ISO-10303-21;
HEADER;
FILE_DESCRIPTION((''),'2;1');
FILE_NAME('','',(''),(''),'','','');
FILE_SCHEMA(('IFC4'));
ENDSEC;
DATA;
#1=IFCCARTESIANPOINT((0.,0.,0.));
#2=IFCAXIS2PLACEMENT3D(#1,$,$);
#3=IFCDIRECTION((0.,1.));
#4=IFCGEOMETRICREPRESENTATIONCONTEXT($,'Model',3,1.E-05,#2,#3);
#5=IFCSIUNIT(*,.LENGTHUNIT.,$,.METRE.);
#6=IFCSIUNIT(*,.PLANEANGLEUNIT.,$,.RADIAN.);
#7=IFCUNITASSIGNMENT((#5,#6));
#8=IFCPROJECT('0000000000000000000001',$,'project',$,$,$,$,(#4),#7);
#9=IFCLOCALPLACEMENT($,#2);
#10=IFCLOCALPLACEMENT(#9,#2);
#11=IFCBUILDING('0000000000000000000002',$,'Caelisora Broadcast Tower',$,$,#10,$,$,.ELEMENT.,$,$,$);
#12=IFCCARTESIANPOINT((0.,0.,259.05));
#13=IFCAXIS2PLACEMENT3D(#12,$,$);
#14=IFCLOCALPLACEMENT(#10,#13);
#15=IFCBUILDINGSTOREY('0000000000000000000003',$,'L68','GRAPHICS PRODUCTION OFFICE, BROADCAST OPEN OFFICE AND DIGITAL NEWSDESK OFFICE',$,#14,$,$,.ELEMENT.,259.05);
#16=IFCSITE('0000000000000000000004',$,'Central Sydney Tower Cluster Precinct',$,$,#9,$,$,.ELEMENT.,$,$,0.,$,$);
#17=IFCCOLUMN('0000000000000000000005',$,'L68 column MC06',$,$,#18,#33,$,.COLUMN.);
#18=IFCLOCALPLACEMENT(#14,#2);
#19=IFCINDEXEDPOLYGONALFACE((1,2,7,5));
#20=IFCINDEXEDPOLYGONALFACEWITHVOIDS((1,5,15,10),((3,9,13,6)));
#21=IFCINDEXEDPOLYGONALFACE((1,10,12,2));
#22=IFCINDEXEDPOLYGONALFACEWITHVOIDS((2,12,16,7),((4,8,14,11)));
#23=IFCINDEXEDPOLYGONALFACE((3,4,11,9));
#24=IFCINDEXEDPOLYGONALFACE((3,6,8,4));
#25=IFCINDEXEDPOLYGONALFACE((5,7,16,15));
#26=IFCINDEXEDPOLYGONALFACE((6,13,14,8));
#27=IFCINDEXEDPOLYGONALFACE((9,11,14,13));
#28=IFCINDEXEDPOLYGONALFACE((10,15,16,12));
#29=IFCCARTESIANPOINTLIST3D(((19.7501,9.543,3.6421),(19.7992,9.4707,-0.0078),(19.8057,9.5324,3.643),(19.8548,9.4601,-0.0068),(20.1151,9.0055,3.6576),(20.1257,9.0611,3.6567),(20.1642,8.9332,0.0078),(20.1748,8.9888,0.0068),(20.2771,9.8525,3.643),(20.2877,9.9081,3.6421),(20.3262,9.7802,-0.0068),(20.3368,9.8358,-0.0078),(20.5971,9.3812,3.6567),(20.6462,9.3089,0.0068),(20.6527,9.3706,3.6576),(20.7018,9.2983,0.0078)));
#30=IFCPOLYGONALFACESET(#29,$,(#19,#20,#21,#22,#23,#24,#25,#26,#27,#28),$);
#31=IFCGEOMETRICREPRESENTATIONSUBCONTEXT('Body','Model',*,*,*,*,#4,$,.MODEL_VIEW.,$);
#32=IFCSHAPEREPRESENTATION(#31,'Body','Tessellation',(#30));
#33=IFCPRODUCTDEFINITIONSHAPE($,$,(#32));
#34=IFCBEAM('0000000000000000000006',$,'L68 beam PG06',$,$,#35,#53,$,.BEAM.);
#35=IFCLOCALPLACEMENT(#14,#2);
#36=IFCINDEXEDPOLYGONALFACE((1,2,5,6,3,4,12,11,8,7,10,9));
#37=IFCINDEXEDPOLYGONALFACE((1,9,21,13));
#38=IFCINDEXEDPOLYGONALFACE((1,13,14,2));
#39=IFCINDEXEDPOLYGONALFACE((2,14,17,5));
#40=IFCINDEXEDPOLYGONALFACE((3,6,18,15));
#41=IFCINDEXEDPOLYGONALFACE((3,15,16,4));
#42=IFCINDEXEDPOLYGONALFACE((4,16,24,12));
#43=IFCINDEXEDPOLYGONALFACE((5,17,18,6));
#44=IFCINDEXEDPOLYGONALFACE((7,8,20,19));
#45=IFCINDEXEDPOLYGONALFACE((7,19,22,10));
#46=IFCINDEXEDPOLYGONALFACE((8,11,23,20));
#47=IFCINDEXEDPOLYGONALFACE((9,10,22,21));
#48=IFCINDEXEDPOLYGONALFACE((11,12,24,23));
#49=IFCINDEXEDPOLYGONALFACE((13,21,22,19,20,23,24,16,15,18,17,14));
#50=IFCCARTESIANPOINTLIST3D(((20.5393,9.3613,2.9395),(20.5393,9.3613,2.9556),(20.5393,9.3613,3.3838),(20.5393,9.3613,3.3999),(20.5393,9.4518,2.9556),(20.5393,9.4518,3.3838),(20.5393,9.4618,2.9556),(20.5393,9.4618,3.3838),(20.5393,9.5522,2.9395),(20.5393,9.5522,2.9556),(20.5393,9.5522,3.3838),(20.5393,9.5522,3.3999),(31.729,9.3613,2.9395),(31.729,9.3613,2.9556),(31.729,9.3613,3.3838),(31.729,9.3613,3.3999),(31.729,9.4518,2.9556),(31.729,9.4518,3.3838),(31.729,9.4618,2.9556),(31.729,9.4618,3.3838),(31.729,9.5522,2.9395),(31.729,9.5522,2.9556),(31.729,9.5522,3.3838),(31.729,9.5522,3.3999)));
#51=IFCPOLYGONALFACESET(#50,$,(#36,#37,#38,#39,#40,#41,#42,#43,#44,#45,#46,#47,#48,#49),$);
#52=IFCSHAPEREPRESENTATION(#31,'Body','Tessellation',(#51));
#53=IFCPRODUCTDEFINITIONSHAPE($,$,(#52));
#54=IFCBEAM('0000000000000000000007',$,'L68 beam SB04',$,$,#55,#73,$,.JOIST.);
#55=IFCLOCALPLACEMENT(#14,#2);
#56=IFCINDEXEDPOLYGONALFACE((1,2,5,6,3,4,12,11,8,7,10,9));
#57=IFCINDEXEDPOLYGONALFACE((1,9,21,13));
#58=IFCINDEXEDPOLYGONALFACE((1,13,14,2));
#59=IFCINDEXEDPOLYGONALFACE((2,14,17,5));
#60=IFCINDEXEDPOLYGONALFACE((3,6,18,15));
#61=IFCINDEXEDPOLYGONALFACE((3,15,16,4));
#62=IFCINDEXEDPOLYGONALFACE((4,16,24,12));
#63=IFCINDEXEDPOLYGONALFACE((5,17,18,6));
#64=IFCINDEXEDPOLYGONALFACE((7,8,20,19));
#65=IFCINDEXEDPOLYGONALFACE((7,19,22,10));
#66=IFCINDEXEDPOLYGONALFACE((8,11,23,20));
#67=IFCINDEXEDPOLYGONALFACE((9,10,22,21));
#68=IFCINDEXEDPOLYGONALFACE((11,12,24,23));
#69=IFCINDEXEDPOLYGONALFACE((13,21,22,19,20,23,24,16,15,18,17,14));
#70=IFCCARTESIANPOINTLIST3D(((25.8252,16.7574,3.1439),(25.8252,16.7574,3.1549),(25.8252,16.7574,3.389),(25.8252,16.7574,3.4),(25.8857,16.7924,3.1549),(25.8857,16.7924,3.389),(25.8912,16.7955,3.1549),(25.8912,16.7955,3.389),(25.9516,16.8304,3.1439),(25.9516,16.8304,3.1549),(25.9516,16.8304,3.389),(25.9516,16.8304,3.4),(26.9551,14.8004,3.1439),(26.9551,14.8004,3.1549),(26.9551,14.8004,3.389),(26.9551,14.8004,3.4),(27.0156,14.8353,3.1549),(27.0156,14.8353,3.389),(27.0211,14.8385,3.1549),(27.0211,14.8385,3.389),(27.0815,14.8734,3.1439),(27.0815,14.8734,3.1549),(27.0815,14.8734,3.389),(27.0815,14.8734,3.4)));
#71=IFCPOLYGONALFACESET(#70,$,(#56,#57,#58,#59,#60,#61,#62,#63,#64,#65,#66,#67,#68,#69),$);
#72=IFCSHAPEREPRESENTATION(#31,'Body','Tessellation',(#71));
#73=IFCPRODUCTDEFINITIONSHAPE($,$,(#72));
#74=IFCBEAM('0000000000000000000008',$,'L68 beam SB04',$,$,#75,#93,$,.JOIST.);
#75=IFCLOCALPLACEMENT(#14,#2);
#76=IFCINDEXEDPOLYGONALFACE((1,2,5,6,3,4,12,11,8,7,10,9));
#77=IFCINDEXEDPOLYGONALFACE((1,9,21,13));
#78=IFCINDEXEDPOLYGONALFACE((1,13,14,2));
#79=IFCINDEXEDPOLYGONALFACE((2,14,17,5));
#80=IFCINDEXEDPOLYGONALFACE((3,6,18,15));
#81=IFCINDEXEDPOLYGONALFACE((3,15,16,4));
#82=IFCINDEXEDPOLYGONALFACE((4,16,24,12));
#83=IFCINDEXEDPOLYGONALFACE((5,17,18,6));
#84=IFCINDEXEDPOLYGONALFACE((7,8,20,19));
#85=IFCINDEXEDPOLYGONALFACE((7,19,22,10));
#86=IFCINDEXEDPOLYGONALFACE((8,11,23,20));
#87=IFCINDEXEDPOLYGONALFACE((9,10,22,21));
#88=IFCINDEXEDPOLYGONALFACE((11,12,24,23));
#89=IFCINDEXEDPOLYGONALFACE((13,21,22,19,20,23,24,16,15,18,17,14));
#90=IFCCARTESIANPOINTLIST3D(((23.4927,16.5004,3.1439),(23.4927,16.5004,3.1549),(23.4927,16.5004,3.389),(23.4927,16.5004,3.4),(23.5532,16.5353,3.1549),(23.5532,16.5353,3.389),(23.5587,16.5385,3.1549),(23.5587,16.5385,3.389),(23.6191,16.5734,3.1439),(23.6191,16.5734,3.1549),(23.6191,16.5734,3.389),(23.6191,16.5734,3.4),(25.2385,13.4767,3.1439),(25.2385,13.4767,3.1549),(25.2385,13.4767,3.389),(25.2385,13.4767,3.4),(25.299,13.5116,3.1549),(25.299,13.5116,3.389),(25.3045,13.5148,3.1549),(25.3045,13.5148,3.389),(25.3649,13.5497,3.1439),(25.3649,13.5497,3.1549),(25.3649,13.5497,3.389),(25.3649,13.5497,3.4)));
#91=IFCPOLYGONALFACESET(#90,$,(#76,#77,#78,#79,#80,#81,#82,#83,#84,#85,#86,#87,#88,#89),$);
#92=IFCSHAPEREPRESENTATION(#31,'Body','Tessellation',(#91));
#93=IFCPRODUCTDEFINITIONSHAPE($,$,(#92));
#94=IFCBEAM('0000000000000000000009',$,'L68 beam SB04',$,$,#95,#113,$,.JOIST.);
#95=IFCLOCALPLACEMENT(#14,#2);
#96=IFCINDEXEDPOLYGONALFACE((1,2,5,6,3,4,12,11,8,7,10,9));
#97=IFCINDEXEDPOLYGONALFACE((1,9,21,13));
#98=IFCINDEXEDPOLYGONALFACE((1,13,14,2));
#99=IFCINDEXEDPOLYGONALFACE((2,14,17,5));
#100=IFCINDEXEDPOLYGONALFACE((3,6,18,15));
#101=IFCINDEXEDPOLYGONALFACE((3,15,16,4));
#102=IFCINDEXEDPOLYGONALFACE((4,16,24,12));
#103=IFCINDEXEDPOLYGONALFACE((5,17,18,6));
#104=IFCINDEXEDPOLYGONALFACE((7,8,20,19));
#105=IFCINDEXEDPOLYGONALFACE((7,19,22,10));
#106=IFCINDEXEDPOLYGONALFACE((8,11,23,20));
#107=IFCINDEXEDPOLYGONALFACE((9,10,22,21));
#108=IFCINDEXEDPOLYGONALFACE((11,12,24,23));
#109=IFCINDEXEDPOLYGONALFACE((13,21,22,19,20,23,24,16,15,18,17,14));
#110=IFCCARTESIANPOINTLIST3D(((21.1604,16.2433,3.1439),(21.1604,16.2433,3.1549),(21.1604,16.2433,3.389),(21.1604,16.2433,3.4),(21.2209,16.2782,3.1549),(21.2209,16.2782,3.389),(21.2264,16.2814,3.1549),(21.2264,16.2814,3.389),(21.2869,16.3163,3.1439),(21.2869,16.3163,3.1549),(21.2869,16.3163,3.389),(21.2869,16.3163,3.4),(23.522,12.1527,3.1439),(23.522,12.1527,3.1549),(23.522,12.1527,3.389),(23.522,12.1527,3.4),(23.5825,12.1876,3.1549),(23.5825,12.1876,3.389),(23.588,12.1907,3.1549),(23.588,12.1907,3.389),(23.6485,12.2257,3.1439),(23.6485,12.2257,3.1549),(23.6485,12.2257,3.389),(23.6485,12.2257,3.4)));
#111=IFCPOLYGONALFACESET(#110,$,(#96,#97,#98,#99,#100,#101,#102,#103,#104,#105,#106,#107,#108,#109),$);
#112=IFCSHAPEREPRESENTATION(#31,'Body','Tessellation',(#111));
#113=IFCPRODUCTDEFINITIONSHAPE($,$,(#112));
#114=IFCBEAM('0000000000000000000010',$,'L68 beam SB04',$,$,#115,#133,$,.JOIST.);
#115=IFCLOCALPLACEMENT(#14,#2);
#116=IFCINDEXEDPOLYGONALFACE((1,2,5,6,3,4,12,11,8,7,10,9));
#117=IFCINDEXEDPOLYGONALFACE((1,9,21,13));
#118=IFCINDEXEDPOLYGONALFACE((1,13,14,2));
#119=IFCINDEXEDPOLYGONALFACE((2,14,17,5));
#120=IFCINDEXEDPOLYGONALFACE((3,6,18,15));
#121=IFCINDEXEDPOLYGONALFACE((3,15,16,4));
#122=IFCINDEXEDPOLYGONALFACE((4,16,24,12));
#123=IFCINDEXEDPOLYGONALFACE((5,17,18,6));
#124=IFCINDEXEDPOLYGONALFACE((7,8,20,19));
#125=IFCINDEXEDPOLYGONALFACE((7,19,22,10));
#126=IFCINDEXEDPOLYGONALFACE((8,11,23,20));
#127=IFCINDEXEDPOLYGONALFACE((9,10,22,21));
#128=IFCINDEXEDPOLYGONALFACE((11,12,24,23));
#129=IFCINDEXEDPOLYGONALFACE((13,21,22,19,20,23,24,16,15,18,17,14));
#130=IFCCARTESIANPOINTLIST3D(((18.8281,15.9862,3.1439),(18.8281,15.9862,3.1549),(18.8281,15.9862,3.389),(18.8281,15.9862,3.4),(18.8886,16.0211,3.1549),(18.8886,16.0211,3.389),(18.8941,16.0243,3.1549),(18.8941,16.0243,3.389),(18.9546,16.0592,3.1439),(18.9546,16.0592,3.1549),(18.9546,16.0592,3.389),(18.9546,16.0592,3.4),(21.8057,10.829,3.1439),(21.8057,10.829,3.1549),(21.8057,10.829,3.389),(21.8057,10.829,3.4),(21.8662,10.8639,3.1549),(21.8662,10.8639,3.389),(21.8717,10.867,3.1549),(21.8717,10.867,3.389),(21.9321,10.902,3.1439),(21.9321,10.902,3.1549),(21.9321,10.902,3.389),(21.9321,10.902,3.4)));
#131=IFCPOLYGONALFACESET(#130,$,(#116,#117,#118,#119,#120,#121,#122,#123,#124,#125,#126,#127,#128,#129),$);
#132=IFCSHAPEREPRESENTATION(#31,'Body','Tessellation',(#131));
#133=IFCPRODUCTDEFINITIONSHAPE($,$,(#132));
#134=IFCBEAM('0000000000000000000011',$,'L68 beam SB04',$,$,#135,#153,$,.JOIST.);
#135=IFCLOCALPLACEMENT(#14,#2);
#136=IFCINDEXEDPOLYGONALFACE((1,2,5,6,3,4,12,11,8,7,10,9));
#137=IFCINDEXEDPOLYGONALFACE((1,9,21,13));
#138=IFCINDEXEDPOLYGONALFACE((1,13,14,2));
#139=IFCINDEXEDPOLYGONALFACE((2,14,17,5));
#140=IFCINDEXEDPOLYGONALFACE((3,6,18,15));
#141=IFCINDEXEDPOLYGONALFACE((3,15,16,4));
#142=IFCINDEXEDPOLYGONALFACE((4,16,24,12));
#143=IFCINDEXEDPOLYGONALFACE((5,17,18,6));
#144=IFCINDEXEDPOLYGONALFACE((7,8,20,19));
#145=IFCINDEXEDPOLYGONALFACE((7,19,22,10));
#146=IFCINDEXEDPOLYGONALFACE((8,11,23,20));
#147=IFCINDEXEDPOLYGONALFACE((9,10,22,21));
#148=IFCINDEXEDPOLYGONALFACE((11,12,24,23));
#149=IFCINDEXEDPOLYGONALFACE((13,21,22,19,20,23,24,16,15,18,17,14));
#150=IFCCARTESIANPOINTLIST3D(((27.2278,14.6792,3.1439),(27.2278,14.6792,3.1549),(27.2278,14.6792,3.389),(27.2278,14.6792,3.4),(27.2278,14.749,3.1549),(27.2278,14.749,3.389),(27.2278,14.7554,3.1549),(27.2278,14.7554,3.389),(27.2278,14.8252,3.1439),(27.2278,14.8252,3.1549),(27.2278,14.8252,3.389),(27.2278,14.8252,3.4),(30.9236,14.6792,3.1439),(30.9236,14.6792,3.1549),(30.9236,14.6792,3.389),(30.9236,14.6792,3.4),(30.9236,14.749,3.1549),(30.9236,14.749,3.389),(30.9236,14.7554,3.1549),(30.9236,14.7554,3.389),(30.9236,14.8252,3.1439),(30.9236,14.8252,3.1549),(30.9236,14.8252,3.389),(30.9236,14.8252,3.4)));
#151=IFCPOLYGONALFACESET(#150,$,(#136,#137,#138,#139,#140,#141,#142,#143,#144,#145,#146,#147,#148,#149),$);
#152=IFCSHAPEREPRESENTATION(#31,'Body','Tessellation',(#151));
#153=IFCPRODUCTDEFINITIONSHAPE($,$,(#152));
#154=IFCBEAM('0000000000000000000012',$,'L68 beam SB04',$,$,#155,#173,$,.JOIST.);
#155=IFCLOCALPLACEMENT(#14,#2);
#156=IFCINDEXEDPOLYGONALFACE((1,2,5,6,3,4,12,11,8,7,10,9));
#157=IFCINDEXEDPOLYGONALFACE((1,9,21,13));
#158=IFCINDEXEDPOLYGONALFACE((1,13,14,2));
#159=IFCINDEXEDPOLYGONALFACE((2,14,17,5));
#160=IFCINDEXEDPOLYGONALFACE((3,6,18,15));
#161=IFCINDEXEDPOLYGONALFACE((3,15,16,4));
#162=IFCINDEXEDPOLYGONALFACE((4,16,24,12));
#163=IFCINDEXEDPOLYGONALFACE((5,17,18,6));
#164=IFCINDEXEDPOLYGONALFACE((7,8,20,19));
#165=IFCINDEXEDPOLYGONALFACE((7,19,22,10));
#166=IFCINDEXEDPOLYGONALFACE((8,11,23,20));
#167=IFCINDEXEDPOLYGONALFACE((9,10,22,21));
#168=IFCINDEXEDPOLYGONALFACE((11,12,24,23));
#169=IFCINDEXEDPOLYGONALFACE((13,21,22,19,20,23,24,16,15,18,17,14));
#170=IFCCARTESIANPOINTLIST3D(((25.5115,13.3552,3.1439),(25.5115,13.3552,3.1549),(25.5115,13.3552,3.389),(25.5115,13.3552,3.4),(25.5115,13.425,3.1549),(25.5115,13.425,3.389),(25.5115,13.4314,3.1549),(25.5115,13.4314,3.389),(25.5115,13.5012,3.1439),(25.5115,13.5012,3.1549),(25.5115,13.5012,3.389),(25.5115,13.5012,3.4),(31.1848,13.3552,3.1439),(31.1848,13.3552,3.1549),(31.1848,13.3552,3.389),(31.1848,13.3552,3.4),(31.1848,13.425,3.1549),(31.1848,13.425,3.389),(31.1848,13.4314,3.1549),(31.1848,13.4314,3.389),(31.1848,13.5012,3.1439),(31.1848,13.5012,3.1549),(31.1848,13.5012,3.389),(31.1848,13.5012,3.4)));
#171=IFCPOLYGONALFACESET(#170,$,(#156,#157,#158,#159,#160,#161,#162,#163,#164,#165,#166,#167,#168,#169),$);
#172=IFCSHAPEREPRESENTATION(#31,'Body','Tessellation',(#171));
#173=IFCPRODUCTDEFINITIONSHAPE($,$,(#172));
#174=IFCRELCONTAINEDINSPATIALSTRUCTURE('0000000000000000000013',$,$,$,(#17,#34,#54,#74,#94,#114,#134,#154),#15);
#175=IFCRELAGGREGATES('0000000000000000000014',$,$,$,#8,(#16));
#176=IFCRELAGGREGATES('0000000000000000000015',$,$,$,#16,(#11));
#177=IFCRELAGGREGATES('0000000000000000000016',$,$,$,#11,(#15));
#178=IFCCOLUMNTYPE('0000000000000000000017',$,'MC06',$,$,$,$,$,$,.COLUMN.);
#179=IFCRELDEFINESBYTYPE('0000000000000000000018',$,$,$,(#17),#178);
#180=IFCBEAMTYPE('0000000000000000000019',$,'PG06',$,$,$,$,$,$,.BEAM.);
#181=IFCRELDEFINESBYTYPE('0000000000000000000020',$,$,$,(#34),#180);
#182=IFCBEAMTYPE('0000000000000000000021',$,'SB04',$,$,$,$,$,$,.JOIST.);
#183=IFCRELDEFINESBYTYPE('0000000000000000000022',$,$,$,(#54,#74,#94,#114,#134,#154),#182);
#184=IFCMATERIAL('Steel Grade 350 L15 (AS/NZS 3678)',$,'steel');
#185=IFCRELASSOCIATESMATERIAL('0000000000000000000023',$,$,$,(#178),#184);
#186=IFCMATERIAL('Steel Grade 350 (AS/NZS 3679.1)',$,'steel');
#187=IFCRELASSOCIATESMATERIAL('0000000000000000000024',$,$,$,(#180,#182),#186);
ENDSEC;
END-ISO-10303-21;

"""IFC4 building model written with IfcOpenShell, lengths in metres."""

from ifc_helpers import new_model, si_unit, direction, frame, origin, origin_2d, place, context, subcontext, project, spatial, hollow_rectangle, i_section, extrude, source, transform, mapped, material, material_profile, profile_set, type_object, type_shapes, element, save


model = new_model("IFC4")

# Units and contexts
model_context = context("Model", 3, precision=1e-05, world=origin(), true_north=direction((0.0, 1.0)))
body_context = subcontext(model_context, "Body", "Model", "MODEL_VIEW")
ifc_project = project(units=[si_unit("LENGTHUNIT", "METRE"), si_unit("PLANEANGLEUNIT", "RADIAN")], contexts=[model_context])

# Site, building, storey
site_placement = place(None, origin())
site = spatial("IfcSite", under=ifc_project, at=site_placement, Name="Central Sydney Tower Cluster Precinct", CompositionType="ELEMENT", RefElevation=0.0)
building_placement = place(site_placement, origin())
building = spatial("IfcBuilding", under=site, at=building_placement, Name="Caelisora Broadcast Tower", CompositionType="ELEMENT")
storey_placement = place(building_placement, frame((0.0, 0.0, 259.05)))
storey = spatial("IfcBuildingStorey", under=building, at=storey_placement, Name="L68", Description="GRAPHICS PRODUCTION OFFICE, BROADCAST OPEN OFFICE AND DIGITAL NEWSDESK OFFICE", CompositionType="ELEMENT", Elevation=259.05)

# Column
ifc_material_1 = material(Name="Steel Grade 350 L15 (AS/NZS 3678)", Category="steel")
ifc_material_profile_1 = material_profile(ifc_material_1, hollow_rectangle(XDim=0.6499, YDim=0.6499, WallThickness=0.04, at=origin_2d()), Name="Steel Grade 350 L15 (AS/NZS 3678)")
ifc_profile_set_1 = profile_set([ifc_material_profile_1], Name="Steel Grade 350 L15 (AS/NZS 3678)")
column_type = type_object("IfcColumnType", Name="MC06", PredefinedType="COLUMN", material=ifc_profile_set_1)
shared_shape_1 = source(origin(), body_context, "Body", "SweptSolid", [
    extrude(hollow_rectangle(XDim=0.6499, YDim=0.6499, WallThickness=0.04, at=origin_2d()), origin(), (0.0, 0.0, 1.0), 3.6509),
])
type_shapes(column_type, [shared_shape_1])
column_placement = place(storey_placement, frame((20.2505, 9.3845, 0.0), z_axis=(-0.013441, 0.019794, 0.999714), x_axis=(-0.82729, -0.561775, 0.0)))
element("IfcColumn", 1, at=column_placement, inside=storey, type_object=column_type, Name="L68 column MC06", PredefinedType="COLUMN", context=body_context, shape_type="MappedRepresentation", body=[
    mapped(shared_shape_1, transform((0.0, 0.0, 0.0), scale=1.0)),
])

# Beams
ifc_material_2 = material(Name="Steel Grade 350 (AS/NZS 3679.1)", Category="steel")
ifc_material_profile_2 = material_profile(ifc_material_2, i_section(OverallWidth=0.1909, OverallDepth=0.4604, WebThickness=0.01, FlangeThickness=0.0161, at=origin_2d()), Name="Steel Grade 350 (AS/NZS 3679.1)")
ifc_profile_set_2 = profile_set([ifc_material_profile_2], Name="Steel Grade 350 (AS/NZS 3679.1)")
beam_type_1 = type_object("IfcBeamType", Name="PG06", PredefinedType="BEAM", material=ifc_profile_set_2)
shared_shape_2 = source(origin(), body_context, "Body", "SweptSolid", [
    extrude(i_section(OverallWidth=0.1909, OverallDepth=0.4604, WebThickness=0.01, FlangeThickness=0.0161, at=origin_2d()), origin(), (0.0, 0.0, 1.0), 11.1897),
])
type_shapes(beam_type_1, [shared_shape_2])
beam_1_placement = place(storey_placement, frame((20.5393, 9.4568, 3.1697), z_axis=(1.0, 0.0, 0.0), x_axis=(0.0, 1.0, 0.0)))
element("IfcBeam", 2, at=beam_1_placement, inside=storey, type_object=beam_type_1, Name="L68 beam PG06", PredefinedType="BEAM", context=body_context, shape_type="MappedRepresentation", body=[
    mapped(shared_shape_2, transform((0.0, 0.0, 0.0), scale=1.0)),
])
ifc_material_profile_3 = material_profile(ifc_material_2, i_section(OverallWidth=0.146, OverallDepth=0.2561, WebThickness=0.0063, FlangeThickness=0.011, at=origin_2d()), Name="Steel Grade 350 (AS/NZS 3679.1)")
ifc_profile_set_3 = profile_set([ifc_material_profile_3], Name="Steel Grade 350 (AS/NZS 3679.1)")
beam_type_2 = type_object("IfcBeamType", Name="SB04", PredefinedType="JOIST", material=ifc_profile_set_3)
shared_shape_3 = source(origin(), body_context, "Body", "SweptSolid", [
    extrude(i_section(OverallWidth=0.146, OverallDepth=0.2561, WebThickness=0.0063, FlangeThickness=0.011, at=origin_2d()), origin(), (0.0, 0.0, 1.0), 2.2598),
])
beam_2_placement = place(storey_placement, frame((25.8884, 16.7939, 3.272), z_axis=(0.499997, -0.866027, 0.0), x_axis=(0.866027, 0.499997, 0.0)))
element("IfcBeam", 3, at=beam_2_placement, inside=storey, type_object=beam_type_2, Name="L68 beam SB04", PredefinedType="JOIST", context=body_context, shape_type="MappedRepresentation", body=[
    mapped(shared_shape_3, transform((0.0, 0.0, 0.0), scale=1.0)),
])
shared_shape_4 = source(origin(), body_context, "Body", "SweptSolid", [
    extrude(i_section(OverallWidth=0.146, OverallDepth=0.2561, WebThickness=0.0063, FlangeThickness=0.011, at=origin_2d()), origin(), (0.0, 0.0, 1.0), 3.4915),
])
beam_3_placement = place(storey_placement, frame((23.5559, 16.5369, 3.272), z_axis=(0.500027, -0.86601, 0.0), x_axis=(0.86601, 0.500027, 0.0)))
element("IfcBeam", 4, at=beam_3_placement, inside=storey, type_object=beam_type_2, Name="L68 beam SB04", PredefinedType="JOIST", context=body_context, shape_type="MappedRepresentation", body=[
    mapped(shared_shape_4, transform((0.0, 0.0, 0.0), scale=1.0)),
])
shared_shape_5 = source(origin(), body_context, "Body", "SweptSolid", [
    extrude(i_section(OverallWidth=0.146, OverallDepth=0.2561, WebThickness=0.0063, FlangeThickness=0.011, at=origin_2d()), origin(), (0.0, 0.0, 1.0), 4.7234),
])
beam_4_placement = place(storey_placement, frame((21.2236, 16.2798, 3.272), z_axis=(0.49998, -0.866037, 0.0), x_axis=(0.866037, 0.49998, 0.0)))
element("IfcBeam", 5, at=beam_4_placement, inside=storey, type_object=beam_type_2, Name="L68 beam SB04", PredefinedType="JOIST", context=body_context, shape_type="MappedRepresentation", body=[
    mapped(shared_shape_5, transform((0.0, 0.0, 0.0), scale=1.0)),
])
shared_shape_6 = source(origin(), body_context, "Body", "SweptSolid", [
    extrude(i_section(OverallWidth=0.146, OverallDepth=0.2561, WebThickness=0.0063, FlangeThickness=0.011, at=origin_2d()), origin(), (0.0, 0.0, 1.0), 5.9551),
])
beam_5_placement = place(storey_placement, frame((18.8914, 16.0227, 3.272), z_axis=(0.500002, -0.866024, 0.0), x_axis=(0.866024, 0.500002, 0.0)))
element("IfcBeam", 6, at=beam_5_placement, inside=storey, type_object=beam_type_2, Name="L68 beam SB04", PredefinedType="JOIST", context=body_context, shape_type="MappedRepresentation", body=[
    mapped(shared_shape_6, transform((0.0, 0.0, 0.0), scale=1.0)),
])
shared_shape_7 = source(origin(), body_context, "Body", "SweptSolid", [
    extrude(i_section(OverallWidth=0.146, OverallDepth=0.2561, WebThickness=0.0063, FlangeThickness=0.011, at=origin_2d()), origin(), (0.0, 0.0, 1.0), 3.6958),
])
beam_6_placement = place(storey_placement, frame((27.2278, 14.7522, 3.272), z_axis=(1.0, 0.0, 0.0), x_axis=(0.0, 1.0, 0.0)))
element("IfcBeam", 7, at=beam_6_placement, inside=storey, type_object=beam_type_2, Name="L68 beam SB04", PredefinedType="JOIST", context=body_context, shape_type="MappedRepresentation", body=[
    mapped(shared_shape_7, transform((0.0, 0.0, 0.0), scale=1.0)),
])
shared_shape_8 = source(origin(), body_context, "Body", "SweptSolid", [
    extrude(i_section(OverallWidth=0.146, OverallDepth=0.2561, WebThickness=0.0063, FlangeThickness=0.011, at=origin_2d()), origin(), (0.0, 0.0, 1.0), 5.6733),
])
beam_7_placement = place(storey_placement, frame((25.5115, 13.4282, 3.272), z_axis=(1.0, 0.0, 0.0), x_axis=(0.0, 1.0, 0.0)))
element("IfcBeam", 8, at=beam_7_placement, inside=storey, type_object=beam_type_2, Name="L68 beam SB04", PredefinedType="JOIST", context=body_context, shape_type="MappedRepresentation", body=[
    mapped(shared_shape_8, transform((0.0, 0.0, 0.0), scale=1.0)),
])

save(model, "model.ifc")
